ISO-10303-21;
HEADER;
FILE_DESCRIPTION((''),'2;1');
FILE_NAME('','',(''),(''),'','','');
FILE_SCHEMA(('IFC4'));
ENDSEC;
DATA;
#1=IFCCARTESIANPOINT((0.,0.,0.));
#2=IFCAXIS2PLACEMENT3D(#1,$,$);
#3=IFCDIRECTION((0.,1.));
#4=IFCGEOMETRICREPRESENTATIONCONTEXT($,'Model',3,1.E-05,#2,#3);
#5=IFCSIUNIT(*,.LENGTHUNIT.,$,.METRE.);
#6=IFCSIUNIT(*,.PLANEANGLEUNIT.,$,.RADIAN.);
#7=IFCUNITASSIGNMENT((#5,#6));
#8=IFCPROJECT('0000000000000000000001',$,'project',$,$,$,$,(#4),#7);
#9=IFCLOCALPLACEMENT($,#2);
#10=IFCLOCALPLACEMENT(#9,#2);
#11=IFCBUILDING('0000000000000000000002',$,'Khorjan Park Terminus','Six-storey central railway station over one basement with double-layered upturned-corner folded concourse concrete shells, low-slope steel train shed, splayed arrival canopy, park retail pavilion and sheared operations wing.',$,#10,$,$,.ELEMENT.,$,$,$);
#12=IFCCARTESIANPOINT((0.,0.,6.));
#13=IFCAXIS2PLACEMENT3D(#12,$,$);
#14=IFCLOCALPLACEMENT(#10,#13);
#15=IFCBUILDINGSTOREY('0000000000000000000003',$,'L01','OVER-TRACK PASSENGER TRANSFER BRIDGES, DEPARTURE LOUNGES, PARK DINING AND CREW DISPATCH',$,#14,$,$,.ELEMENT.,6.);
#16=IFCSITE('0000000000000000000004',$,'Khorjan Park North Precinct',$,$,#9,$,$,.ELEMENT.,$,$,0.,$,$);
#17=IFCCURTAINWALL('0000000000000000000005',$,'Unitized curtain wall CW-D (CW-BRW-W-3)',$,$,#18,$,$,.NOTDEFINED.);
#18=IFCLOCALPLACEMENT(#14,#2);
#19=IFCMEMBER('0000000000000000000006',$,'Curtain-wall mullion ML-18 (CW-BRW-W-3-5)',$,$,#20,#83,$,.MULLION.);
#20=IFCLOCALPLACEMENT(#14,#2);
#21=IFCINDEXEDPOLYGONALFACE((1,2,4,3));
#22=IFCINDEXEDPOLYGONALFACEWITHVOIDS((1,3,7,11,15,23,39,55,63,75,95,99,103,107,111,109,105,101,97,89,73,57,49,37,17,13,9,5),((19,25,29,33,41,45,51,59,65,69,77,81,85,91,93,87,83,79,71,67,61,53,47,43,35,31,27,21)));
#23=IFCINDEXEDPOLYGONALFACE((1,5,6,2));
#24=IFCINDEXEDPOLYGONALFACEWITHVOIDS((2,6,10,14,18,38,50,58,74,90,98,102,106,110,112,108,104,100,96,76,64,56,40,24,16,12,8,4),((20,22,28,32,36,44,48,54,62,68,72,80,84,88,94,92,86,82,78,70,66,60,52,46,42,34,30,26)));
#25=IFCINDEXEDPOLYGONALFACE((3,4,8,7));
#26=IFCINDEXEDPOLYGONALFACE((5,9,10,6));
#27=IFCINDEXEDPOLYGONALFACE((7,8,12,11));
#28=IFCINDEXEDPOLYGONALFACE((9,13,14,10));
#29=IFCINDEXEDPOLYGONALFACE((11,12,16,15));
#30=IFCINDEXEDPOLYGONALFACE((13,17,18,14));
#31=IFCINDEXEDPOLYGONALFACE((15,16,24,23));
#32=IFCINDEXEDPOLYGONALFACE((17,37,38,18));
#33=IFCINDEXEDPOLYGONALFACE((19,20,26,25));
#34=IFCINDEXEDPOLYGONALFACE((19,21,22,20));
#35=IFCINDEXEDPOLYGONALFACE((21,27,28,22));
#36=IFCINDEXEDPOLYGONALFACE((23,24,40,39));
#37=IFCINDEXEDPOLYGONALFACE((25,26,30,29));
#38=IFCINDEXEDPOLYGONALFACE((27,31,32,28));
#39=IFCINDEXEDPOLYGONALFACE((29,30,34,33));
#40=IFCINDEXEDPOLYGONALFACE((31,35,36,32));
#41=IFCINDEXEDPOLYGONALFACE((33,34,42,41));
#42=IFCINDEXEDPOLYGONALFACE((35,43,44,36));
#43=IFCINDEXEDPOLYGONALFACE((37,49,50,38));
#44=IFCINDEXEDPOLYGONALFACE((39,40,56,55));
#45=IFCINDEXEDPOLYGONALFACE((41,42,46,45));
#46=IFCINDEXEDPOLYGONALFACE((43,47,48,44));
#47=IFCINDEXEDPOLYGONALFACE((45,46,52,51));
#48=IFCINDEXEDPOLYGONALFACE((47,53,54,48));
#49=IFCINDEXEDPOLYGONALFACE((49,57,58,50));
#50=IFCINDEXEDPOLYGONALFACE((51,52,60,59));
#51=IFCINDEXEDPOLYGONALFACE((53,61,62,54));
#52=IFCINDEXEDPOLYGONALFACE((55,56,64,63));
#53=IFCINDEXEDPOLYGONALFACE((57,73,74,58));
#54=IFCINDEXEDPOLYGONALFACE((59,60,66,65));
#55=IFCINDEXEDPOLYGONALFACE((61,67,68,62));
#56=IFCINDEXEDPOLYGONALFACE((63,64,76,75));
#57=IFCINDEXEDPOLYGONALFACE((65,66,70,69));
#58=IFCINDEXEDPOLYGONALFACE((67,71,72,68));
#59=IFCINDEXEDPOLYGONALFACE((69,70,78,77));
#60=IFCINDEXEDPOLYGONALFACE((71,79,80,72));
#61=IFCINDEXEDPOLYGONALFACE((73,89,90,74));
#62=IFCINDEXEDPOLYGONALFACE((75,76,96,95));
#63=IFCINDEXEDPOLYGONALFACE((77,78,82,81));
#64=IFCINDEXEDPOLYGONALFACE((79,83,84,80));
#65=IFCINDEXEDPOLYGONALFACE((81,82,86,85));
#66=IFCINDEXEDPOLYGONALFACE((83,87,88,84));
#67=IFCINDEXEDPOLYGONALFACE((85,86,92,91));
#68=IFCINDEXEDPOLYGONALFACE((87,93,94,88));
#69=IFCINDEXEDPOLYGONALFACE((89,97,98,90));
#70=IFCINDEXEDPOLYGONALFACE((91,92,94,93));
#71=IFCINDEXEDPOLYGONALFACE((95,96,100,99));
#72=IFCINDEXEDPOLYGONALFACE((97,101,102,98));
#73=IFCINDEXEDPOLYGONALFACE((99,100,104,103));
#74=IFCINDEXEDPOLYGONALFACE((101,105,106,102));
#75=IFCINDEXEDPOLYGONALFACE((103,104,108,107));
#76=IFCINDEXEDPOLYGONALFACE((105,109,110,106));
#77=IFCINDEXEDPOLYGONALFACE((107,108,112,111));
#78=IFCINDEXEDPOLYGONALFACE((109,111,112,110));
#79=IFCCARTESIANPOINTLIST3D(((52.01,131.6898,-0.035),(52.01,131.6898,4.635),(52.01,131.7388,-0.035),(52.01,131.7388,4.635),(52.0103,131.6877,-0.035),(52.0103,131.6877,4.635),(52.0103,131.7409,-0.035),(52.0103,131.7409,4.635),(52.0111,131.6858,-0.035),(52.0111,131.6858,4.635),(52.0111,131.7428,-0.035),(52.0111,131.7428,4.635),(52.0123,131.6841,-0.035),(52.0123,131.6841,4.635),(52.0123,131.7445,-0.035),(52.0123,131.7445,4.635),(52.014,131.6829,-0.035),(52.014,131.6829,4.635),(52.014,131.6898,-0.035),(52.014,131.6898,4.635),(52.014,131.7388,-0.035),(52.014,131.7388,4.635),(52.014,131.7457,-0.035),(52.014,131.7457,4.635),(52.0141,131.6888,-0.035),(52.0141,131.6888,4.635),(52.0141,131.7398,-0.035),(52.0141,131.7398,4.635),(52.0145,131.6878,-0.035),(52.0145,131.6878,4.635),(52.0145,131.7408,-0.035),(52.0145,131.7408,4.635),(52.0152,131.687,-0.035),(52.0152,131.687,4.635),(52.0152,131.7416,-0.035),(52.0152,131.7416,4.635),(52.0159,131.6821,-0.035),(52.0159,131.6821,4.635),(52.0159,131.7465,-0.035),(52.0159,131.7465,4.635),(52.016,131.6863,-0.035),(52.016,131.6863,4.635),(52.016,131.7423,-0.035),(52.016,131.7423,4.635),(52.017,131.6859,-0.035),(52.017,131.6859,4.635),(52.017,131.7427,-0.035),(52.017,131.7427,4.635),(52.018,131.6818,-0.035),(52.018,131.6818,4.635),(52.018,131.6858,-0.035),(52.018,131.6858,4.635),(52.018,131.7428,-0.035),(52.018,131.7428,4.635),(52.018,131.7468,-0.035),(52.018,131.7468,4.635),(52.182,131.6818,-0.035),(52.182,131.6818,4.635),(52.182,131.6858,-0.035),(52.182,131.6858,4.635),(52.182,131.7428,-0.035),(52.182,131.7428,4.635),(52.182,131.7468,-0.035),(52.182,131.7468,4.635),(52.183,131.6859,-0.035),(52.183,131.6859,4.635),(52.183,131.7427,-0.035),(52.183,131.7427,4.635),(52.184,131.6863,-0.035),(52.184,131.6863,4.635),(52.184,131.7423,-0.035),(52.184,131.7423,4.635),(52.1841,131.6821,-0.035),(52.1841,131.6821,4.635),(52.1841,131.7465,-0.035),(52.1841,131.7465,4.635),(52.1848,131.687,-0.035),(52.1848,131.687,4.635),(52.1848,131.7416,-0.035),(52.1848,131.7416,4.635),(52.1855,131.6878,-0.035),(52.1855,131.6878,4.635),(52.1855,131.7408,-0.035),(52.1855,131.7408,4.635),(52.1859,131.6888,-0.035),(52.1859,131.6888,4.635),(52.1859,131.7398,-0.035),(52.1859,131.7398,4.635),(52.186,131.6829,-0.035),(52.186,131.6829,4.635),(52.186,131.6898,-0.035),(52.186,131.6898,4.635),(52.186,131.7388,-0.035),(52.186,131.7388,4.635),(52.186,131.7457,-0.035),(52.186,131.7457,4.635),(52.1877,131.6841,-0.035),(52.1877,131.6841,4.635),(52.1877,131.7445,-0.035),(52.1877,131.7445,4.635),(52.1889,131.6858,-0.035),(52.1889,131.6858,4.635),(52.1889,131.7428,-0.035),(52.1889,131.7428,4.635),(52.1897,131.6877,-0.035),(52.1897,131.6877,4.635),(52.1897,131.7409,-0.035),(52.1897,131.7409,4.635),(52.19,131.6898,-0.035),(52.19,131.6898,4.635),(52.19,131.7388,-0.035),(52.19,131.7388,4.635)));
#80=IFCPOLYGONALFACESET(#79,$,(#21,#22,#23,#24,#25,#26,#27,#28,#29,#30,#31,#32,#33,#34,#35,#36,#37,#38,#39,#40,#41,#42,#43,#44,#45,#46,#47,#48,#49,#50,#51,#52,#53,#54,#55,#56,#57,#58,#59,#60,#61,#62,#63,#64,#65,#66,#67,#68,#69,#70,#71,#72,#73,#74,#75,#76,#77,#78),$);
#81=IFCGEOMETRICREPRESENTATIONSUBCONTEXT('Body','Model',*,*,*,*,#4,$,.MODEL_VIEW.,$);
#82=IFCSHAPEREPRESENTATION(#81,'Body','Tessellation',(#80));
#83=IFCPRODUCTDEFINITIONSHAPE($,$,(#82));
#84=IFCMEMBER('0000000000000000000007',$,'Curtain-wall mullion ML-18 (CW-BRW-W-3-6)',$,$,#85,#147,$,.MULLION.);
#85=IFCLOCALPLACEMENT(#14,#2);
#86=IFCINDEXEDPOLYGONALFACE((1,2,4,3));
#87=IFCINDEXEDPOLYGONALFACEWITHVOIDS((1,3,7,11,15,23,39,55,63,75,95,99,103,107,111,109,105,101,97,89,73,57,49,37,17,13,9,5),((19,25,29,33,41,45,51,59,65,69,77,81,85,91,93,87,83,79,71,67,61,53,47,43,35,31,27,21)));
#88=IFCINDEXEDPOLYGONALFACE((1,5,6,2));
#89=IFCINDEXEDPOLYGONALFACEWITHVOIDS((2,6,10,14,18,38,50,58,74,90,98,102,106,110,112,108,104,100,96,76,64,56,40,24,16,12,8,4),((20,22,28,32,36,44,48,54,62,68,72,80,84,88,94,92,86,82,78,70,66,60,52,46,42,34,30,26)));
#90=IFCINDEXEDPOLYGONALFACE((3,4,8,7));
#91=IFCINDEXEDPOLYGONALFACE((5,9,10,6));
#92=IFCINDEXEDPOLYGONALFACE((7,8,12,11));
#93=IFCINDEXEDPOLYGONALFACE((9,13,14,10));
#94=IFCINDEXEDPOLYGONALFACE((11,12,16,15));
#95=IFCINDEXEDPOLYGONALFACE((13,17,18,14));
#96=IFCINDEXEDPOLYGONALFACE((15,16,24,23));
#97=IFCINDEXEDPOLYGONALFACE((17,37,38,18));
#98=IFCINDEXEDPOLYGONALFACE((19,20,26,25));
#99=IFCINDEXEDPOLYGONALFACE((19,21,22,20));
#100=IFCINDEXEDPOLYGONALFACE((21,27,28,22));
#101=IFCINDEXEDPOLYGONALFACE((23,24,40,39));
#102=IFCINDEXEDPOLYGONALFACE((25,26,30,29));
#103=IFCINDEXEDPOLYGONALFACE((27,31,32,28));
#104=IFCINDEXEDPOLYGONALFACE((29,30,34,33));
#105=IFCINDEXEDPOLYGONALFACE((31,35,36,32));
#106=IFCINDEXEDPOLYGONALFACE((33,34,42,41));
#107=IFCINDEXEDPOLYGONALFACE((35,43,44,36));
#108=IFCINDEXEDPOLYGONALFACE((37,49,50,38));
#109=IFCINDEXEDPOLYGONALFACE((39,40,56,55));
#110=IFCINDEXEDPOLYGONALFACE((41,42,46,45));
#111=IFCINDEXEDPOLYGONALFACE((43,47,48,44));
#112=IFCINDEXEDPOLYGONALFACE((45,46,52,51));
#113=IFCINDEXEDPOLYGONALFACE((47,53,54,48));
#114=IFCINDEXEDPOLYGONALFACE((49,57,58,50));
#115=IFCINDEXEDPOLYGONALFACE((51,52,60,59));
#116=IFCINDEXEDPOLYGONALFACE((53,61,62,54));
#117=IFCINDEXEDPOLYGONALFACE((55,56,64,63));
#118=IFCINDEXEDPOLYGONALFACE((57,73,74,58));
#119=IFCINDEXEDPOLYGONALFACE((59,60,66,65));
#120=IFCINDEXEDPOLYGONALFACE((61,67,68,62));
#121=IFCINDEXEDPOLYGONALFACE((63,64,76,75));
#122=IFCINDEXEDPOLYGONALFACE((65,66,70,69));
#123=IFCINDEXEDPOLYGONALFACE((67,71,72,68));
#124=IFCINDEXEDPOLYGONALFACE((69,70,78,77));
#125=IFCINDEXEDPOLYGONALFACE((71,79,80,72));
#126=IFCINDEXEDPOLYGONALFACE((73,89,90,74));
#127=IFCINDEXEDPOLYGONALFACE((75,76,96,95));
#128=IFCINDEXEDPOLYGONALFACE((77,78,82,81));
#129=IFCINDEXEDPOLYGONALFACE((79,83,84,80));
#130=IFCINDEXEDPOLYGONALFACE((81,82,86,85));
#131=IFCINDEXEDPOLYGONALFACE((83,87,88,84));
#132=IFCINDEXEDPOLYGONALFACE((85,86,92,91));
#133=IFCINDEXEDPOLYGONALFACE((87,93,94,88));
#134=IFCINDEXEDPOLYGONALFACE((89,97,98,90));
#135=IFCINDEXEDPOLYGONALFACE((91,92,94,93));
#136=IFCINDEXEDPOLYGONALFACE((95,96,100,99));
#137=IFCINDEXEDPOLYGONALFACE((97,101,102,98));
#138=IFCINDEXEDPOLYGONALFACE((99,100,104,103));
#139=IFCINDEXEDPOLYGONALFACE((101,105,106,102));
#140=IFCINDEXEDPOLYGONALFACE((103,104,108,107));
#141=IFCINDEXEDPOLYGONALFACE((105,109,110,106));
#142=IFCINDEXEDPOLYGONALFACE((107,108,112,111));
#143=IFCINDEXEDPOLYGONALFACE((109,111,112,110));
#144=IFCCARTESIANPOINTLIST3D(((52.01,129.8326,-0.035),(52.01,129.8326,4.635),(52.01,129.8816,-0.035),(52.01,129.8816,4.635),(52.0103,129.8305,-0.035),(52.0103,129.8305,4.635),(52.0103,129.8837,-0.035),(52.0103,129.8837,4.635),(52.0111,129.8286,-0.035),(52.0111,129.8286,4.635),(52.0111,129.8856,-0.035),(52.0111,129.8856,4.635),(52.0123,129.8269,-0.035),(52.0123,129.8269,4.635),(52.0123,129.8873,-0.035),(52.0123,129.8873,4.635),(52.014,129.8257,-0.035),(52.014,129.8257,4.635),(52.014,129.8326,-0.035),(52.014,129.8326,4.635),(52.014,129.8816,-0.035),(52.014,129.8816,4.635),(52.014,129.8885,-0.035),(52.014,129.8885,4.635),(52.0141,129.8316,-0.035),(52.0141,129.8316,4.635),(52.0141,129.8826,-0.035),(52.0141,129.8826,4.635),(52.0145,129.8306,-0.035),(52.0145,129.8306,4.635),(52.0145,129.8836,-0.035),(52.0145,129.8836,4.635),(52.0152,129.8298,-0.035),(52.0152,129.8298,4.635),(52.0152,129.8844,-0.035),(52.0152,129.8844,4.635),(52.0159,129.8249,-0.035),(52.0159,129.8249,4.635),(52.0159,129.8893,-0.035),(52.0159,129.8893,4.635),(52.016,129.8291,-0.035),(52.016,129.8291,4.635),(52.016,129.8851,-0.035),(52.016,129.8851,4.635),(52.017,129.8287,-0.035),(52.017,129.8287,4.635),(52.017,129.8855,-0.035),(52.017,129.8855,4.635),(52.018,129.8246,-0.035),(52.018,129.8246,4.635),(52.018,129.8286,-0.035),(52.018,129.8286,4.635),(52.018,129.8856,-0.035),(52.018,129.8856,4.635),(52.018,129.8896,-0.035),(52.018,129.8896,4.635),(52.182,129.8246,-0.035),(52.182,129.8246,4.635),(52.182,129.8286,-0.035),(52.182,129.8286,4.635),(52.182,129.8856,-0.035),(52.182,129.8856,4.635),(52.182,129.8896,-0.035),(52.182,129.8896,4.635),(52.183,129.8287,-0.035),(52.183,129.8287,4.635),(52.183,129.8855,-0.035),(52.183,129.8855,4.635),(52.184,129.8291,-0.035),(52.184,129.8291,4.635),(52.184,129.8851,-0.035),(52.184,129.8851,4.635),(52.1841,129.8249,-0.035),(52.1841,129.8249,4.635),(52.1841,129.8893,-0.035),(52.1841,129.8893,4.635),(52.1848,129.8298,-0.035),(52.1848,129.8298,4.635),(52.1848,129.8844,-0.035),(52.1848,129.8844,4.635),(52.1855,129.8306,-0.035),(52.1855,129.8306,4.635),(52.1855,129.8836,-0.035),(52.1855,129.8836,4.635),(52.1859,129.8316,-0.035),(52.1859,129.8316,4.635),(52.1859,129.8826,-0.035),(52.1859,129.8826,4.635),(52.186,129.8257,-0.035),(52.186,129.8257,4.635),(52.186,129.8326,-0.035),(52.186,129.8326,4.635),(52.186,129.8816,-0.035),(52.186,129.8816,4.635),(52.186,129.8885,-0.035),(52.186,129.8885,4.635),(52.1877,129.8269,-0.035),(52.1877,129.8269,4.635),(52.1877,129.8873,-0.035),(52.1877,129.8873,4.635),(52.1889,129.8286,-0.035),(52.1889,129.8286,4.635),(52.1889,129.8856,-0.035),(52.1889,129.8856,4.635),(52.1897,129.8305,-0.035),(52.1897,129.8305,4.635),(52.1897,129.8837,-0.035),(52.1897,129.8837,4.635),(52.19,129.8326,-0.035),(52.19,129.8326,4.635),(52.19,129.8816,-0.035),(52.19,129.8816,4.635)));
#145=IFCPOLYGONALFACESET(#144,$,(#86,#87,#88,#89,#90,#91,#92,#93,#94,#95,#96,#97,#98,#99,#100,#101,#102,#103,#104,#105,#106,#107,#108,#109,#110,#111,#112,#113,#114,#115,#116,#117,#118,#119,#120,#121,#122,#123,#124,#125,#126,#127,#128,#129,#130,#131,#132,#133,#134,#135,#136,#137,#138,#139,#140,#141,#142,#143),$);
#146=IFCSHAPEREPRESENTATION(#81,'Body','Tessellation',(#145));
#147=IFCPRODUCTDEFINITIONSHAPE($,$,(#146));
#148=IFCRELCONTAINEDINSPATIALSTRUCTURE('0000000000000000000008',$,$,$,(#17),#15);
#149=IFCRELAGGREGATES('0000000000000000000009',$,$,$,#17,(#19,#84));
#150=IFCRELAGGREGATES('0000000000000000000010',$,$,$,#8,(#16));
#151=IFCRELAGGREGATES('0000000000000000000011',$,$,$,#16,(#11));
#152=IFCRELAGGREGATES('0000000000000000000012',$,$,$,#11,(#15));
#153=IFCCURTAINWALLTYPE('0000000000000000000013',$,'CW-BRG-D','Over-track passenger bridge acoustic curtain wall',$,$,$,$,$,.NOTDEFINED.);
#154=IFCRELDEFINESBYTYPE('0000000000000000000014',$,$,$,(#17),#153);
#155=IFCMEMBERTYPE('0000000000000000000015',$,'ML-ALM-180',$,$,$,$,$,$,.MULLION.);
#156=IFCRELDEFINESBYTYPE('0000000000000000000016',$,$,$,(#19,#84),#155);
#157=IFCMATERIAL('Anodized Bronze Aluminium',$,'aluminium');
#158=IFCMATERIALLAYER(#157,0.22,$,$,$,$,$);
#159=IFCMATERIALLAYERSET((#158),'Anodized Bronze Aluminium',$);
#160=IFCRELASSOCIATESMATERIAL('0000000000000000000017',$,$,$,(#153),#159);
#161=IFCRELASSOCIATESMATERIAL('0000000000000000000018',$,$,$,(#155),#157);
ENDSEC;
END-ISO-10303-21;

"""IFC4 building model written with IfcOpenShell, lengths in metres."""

from ifc_helpers import new_model, si_unit, direction, frame, origin, origin_2d, place, context, subcontext, project, spatial, hollow_rectangle, extrude, material, layer, layer_set, material_profile, profile_set, type_object, element, aggregate, save


model = new_model("IFC4")

# Units and contexts
model_context = context("Model", 3, precision=1e-05, world=origin(), true_north=direction((0.0, 1.0)))
body_context = subcontext(model_context, "Body", "Model", "MODEL_VIEW")
ifc_project = project(units=[si_unit("LENGTHUNIT", "METRE"), si_unit("PLANEANGLEUNIT", "RADIAN")], contexts=[model_context])

# Site, building, storey
site_placement = place(None, origin())
site = spatial("IfcSite", under=ifc_project, at=site_placement, Name="Khorjan Park North Precinct", CompositionType="ELEMENT", RefElevation=0.0)
building_placement = place(site_placement, origin())
building = spatial("IfcBuilding", under=site, at=building_placement, Name="Khorjan Park Terminus", Description="Six-storey central railway station over one basement with double-layered upturned-corner folded concourse concrete shells, low-slope steel train shed, splayed arrival canopy, park retail pavilion and sheared operations wing.", CompositionType="ELEMENT")
storey_placement = place(building_placement, frame((0.0, 0.0, 6.0)))
storey = spatial("IfcBuildingStorey", under=building, at=storey_placement, Name="L01", Description="OVER-TRACK PASSENGER TRANSFER BRIDGES, DEPARTURE LOUNGES, PARK DINING AND CREW DISPATCH", CompositionType="ELEMENT", Elevation=6.0)

# Curtain wall, members
ifc_material_1 = material(Name="Anodized Bronze Aluminium", Category="aluminium")
ifc_layer_1 = layer(ifc_material_1, 0.22)
ifc_layer_set_1 = layer_set([ifc_layer_1], Name="Anodized Bronze Aluminium")
curtain_wall_type = type_object("IfcCurtainWallType", Name="CW-BRG-D", Description="Over-track passenger bridge acoustic curtain wall", PredefinedType="NOTDEFINED", material=ifc_layer_set_1)
ifc_material_profile_1 = material_profile(ifc_material_1, hollow_rectangle(XDim=0.065, YDim=0.18, WallThickness=0.004, InnerFilletRadius=0.004, OuterFilletRadius=0.008, at=origin_2d()), Name="ALM 65x180x4")
ifc_profile_set_1 = profile_set([ifc_material_profile_1], Name="Anodized Bronze Aluminium")
member_type_1 = type_object("IfcMemberType", Name="ML-ALM-180", PredefinedType="MULLION", material=ifc_profile_set_1)
curtain_wall_1_placement = place(storey_placement, origin())
curtain_wall_1 = element("IfcCurtainWall", 1, at=curtain_wall_1_placement, inside=storey, type_object=curtain_wall_type, Name="Unitized curtain wall CW-D (CW-BRW-W-3)", PredefinedType="NOTDEFINED")
member_1_placement = place(storey_placement, frame((52.1, 131.7143, -0.035), z_axis=(0.0, 0.0, 1.0), x_axis=(0.0, -1.0, 0.0)))
member_1 = element("IfcMember", 2, at=member_1_placement, type_object=member_type_1, Name="Curtain-wall mullion ML-18 (CW-BRW-W-3-5)", PredefinedType="MULLION", context=body_context, shape_type="SweptSolid", body=[
    extrude(hollow_rectangle(XDim=0.065, YDim=0.18, WallThickness=0.004, InnerFilletRadius=0.004, OuterFilletRadius=0.008, at=origin_2d()), origin(), (0.0, 0.0, 1.0), 4.67),
])
member_2_placement = place(storey_placement, frame((52.1, 129.8571, -0.035), z_axis=(0.0, 0.0, 1.0), x_axis=(0.0, -1.0, 0.0)))
member_2 = element("IfcMember", 3, at=member_2_placement, type_object=member_type_1, Name="Curtain-wall mullion ML-18 (CW-BRW-W-3-6)", PredefinedType="MULLION", context=body_context, shape_type="SweptSolid", body=[
    extrude(hollow_rectangle(XDim=0.065, YDim=0.18, WallThickness=0.004, InnerFilletRadius=0.004, OuterFilletRadius=0.008, at=origin_2d()), origin(), (0.0, 0.0, 1.0), 4.67),
])

aggregate(curtain_wall_1, [member_1, member_2])

save(model, "model.ifc")
